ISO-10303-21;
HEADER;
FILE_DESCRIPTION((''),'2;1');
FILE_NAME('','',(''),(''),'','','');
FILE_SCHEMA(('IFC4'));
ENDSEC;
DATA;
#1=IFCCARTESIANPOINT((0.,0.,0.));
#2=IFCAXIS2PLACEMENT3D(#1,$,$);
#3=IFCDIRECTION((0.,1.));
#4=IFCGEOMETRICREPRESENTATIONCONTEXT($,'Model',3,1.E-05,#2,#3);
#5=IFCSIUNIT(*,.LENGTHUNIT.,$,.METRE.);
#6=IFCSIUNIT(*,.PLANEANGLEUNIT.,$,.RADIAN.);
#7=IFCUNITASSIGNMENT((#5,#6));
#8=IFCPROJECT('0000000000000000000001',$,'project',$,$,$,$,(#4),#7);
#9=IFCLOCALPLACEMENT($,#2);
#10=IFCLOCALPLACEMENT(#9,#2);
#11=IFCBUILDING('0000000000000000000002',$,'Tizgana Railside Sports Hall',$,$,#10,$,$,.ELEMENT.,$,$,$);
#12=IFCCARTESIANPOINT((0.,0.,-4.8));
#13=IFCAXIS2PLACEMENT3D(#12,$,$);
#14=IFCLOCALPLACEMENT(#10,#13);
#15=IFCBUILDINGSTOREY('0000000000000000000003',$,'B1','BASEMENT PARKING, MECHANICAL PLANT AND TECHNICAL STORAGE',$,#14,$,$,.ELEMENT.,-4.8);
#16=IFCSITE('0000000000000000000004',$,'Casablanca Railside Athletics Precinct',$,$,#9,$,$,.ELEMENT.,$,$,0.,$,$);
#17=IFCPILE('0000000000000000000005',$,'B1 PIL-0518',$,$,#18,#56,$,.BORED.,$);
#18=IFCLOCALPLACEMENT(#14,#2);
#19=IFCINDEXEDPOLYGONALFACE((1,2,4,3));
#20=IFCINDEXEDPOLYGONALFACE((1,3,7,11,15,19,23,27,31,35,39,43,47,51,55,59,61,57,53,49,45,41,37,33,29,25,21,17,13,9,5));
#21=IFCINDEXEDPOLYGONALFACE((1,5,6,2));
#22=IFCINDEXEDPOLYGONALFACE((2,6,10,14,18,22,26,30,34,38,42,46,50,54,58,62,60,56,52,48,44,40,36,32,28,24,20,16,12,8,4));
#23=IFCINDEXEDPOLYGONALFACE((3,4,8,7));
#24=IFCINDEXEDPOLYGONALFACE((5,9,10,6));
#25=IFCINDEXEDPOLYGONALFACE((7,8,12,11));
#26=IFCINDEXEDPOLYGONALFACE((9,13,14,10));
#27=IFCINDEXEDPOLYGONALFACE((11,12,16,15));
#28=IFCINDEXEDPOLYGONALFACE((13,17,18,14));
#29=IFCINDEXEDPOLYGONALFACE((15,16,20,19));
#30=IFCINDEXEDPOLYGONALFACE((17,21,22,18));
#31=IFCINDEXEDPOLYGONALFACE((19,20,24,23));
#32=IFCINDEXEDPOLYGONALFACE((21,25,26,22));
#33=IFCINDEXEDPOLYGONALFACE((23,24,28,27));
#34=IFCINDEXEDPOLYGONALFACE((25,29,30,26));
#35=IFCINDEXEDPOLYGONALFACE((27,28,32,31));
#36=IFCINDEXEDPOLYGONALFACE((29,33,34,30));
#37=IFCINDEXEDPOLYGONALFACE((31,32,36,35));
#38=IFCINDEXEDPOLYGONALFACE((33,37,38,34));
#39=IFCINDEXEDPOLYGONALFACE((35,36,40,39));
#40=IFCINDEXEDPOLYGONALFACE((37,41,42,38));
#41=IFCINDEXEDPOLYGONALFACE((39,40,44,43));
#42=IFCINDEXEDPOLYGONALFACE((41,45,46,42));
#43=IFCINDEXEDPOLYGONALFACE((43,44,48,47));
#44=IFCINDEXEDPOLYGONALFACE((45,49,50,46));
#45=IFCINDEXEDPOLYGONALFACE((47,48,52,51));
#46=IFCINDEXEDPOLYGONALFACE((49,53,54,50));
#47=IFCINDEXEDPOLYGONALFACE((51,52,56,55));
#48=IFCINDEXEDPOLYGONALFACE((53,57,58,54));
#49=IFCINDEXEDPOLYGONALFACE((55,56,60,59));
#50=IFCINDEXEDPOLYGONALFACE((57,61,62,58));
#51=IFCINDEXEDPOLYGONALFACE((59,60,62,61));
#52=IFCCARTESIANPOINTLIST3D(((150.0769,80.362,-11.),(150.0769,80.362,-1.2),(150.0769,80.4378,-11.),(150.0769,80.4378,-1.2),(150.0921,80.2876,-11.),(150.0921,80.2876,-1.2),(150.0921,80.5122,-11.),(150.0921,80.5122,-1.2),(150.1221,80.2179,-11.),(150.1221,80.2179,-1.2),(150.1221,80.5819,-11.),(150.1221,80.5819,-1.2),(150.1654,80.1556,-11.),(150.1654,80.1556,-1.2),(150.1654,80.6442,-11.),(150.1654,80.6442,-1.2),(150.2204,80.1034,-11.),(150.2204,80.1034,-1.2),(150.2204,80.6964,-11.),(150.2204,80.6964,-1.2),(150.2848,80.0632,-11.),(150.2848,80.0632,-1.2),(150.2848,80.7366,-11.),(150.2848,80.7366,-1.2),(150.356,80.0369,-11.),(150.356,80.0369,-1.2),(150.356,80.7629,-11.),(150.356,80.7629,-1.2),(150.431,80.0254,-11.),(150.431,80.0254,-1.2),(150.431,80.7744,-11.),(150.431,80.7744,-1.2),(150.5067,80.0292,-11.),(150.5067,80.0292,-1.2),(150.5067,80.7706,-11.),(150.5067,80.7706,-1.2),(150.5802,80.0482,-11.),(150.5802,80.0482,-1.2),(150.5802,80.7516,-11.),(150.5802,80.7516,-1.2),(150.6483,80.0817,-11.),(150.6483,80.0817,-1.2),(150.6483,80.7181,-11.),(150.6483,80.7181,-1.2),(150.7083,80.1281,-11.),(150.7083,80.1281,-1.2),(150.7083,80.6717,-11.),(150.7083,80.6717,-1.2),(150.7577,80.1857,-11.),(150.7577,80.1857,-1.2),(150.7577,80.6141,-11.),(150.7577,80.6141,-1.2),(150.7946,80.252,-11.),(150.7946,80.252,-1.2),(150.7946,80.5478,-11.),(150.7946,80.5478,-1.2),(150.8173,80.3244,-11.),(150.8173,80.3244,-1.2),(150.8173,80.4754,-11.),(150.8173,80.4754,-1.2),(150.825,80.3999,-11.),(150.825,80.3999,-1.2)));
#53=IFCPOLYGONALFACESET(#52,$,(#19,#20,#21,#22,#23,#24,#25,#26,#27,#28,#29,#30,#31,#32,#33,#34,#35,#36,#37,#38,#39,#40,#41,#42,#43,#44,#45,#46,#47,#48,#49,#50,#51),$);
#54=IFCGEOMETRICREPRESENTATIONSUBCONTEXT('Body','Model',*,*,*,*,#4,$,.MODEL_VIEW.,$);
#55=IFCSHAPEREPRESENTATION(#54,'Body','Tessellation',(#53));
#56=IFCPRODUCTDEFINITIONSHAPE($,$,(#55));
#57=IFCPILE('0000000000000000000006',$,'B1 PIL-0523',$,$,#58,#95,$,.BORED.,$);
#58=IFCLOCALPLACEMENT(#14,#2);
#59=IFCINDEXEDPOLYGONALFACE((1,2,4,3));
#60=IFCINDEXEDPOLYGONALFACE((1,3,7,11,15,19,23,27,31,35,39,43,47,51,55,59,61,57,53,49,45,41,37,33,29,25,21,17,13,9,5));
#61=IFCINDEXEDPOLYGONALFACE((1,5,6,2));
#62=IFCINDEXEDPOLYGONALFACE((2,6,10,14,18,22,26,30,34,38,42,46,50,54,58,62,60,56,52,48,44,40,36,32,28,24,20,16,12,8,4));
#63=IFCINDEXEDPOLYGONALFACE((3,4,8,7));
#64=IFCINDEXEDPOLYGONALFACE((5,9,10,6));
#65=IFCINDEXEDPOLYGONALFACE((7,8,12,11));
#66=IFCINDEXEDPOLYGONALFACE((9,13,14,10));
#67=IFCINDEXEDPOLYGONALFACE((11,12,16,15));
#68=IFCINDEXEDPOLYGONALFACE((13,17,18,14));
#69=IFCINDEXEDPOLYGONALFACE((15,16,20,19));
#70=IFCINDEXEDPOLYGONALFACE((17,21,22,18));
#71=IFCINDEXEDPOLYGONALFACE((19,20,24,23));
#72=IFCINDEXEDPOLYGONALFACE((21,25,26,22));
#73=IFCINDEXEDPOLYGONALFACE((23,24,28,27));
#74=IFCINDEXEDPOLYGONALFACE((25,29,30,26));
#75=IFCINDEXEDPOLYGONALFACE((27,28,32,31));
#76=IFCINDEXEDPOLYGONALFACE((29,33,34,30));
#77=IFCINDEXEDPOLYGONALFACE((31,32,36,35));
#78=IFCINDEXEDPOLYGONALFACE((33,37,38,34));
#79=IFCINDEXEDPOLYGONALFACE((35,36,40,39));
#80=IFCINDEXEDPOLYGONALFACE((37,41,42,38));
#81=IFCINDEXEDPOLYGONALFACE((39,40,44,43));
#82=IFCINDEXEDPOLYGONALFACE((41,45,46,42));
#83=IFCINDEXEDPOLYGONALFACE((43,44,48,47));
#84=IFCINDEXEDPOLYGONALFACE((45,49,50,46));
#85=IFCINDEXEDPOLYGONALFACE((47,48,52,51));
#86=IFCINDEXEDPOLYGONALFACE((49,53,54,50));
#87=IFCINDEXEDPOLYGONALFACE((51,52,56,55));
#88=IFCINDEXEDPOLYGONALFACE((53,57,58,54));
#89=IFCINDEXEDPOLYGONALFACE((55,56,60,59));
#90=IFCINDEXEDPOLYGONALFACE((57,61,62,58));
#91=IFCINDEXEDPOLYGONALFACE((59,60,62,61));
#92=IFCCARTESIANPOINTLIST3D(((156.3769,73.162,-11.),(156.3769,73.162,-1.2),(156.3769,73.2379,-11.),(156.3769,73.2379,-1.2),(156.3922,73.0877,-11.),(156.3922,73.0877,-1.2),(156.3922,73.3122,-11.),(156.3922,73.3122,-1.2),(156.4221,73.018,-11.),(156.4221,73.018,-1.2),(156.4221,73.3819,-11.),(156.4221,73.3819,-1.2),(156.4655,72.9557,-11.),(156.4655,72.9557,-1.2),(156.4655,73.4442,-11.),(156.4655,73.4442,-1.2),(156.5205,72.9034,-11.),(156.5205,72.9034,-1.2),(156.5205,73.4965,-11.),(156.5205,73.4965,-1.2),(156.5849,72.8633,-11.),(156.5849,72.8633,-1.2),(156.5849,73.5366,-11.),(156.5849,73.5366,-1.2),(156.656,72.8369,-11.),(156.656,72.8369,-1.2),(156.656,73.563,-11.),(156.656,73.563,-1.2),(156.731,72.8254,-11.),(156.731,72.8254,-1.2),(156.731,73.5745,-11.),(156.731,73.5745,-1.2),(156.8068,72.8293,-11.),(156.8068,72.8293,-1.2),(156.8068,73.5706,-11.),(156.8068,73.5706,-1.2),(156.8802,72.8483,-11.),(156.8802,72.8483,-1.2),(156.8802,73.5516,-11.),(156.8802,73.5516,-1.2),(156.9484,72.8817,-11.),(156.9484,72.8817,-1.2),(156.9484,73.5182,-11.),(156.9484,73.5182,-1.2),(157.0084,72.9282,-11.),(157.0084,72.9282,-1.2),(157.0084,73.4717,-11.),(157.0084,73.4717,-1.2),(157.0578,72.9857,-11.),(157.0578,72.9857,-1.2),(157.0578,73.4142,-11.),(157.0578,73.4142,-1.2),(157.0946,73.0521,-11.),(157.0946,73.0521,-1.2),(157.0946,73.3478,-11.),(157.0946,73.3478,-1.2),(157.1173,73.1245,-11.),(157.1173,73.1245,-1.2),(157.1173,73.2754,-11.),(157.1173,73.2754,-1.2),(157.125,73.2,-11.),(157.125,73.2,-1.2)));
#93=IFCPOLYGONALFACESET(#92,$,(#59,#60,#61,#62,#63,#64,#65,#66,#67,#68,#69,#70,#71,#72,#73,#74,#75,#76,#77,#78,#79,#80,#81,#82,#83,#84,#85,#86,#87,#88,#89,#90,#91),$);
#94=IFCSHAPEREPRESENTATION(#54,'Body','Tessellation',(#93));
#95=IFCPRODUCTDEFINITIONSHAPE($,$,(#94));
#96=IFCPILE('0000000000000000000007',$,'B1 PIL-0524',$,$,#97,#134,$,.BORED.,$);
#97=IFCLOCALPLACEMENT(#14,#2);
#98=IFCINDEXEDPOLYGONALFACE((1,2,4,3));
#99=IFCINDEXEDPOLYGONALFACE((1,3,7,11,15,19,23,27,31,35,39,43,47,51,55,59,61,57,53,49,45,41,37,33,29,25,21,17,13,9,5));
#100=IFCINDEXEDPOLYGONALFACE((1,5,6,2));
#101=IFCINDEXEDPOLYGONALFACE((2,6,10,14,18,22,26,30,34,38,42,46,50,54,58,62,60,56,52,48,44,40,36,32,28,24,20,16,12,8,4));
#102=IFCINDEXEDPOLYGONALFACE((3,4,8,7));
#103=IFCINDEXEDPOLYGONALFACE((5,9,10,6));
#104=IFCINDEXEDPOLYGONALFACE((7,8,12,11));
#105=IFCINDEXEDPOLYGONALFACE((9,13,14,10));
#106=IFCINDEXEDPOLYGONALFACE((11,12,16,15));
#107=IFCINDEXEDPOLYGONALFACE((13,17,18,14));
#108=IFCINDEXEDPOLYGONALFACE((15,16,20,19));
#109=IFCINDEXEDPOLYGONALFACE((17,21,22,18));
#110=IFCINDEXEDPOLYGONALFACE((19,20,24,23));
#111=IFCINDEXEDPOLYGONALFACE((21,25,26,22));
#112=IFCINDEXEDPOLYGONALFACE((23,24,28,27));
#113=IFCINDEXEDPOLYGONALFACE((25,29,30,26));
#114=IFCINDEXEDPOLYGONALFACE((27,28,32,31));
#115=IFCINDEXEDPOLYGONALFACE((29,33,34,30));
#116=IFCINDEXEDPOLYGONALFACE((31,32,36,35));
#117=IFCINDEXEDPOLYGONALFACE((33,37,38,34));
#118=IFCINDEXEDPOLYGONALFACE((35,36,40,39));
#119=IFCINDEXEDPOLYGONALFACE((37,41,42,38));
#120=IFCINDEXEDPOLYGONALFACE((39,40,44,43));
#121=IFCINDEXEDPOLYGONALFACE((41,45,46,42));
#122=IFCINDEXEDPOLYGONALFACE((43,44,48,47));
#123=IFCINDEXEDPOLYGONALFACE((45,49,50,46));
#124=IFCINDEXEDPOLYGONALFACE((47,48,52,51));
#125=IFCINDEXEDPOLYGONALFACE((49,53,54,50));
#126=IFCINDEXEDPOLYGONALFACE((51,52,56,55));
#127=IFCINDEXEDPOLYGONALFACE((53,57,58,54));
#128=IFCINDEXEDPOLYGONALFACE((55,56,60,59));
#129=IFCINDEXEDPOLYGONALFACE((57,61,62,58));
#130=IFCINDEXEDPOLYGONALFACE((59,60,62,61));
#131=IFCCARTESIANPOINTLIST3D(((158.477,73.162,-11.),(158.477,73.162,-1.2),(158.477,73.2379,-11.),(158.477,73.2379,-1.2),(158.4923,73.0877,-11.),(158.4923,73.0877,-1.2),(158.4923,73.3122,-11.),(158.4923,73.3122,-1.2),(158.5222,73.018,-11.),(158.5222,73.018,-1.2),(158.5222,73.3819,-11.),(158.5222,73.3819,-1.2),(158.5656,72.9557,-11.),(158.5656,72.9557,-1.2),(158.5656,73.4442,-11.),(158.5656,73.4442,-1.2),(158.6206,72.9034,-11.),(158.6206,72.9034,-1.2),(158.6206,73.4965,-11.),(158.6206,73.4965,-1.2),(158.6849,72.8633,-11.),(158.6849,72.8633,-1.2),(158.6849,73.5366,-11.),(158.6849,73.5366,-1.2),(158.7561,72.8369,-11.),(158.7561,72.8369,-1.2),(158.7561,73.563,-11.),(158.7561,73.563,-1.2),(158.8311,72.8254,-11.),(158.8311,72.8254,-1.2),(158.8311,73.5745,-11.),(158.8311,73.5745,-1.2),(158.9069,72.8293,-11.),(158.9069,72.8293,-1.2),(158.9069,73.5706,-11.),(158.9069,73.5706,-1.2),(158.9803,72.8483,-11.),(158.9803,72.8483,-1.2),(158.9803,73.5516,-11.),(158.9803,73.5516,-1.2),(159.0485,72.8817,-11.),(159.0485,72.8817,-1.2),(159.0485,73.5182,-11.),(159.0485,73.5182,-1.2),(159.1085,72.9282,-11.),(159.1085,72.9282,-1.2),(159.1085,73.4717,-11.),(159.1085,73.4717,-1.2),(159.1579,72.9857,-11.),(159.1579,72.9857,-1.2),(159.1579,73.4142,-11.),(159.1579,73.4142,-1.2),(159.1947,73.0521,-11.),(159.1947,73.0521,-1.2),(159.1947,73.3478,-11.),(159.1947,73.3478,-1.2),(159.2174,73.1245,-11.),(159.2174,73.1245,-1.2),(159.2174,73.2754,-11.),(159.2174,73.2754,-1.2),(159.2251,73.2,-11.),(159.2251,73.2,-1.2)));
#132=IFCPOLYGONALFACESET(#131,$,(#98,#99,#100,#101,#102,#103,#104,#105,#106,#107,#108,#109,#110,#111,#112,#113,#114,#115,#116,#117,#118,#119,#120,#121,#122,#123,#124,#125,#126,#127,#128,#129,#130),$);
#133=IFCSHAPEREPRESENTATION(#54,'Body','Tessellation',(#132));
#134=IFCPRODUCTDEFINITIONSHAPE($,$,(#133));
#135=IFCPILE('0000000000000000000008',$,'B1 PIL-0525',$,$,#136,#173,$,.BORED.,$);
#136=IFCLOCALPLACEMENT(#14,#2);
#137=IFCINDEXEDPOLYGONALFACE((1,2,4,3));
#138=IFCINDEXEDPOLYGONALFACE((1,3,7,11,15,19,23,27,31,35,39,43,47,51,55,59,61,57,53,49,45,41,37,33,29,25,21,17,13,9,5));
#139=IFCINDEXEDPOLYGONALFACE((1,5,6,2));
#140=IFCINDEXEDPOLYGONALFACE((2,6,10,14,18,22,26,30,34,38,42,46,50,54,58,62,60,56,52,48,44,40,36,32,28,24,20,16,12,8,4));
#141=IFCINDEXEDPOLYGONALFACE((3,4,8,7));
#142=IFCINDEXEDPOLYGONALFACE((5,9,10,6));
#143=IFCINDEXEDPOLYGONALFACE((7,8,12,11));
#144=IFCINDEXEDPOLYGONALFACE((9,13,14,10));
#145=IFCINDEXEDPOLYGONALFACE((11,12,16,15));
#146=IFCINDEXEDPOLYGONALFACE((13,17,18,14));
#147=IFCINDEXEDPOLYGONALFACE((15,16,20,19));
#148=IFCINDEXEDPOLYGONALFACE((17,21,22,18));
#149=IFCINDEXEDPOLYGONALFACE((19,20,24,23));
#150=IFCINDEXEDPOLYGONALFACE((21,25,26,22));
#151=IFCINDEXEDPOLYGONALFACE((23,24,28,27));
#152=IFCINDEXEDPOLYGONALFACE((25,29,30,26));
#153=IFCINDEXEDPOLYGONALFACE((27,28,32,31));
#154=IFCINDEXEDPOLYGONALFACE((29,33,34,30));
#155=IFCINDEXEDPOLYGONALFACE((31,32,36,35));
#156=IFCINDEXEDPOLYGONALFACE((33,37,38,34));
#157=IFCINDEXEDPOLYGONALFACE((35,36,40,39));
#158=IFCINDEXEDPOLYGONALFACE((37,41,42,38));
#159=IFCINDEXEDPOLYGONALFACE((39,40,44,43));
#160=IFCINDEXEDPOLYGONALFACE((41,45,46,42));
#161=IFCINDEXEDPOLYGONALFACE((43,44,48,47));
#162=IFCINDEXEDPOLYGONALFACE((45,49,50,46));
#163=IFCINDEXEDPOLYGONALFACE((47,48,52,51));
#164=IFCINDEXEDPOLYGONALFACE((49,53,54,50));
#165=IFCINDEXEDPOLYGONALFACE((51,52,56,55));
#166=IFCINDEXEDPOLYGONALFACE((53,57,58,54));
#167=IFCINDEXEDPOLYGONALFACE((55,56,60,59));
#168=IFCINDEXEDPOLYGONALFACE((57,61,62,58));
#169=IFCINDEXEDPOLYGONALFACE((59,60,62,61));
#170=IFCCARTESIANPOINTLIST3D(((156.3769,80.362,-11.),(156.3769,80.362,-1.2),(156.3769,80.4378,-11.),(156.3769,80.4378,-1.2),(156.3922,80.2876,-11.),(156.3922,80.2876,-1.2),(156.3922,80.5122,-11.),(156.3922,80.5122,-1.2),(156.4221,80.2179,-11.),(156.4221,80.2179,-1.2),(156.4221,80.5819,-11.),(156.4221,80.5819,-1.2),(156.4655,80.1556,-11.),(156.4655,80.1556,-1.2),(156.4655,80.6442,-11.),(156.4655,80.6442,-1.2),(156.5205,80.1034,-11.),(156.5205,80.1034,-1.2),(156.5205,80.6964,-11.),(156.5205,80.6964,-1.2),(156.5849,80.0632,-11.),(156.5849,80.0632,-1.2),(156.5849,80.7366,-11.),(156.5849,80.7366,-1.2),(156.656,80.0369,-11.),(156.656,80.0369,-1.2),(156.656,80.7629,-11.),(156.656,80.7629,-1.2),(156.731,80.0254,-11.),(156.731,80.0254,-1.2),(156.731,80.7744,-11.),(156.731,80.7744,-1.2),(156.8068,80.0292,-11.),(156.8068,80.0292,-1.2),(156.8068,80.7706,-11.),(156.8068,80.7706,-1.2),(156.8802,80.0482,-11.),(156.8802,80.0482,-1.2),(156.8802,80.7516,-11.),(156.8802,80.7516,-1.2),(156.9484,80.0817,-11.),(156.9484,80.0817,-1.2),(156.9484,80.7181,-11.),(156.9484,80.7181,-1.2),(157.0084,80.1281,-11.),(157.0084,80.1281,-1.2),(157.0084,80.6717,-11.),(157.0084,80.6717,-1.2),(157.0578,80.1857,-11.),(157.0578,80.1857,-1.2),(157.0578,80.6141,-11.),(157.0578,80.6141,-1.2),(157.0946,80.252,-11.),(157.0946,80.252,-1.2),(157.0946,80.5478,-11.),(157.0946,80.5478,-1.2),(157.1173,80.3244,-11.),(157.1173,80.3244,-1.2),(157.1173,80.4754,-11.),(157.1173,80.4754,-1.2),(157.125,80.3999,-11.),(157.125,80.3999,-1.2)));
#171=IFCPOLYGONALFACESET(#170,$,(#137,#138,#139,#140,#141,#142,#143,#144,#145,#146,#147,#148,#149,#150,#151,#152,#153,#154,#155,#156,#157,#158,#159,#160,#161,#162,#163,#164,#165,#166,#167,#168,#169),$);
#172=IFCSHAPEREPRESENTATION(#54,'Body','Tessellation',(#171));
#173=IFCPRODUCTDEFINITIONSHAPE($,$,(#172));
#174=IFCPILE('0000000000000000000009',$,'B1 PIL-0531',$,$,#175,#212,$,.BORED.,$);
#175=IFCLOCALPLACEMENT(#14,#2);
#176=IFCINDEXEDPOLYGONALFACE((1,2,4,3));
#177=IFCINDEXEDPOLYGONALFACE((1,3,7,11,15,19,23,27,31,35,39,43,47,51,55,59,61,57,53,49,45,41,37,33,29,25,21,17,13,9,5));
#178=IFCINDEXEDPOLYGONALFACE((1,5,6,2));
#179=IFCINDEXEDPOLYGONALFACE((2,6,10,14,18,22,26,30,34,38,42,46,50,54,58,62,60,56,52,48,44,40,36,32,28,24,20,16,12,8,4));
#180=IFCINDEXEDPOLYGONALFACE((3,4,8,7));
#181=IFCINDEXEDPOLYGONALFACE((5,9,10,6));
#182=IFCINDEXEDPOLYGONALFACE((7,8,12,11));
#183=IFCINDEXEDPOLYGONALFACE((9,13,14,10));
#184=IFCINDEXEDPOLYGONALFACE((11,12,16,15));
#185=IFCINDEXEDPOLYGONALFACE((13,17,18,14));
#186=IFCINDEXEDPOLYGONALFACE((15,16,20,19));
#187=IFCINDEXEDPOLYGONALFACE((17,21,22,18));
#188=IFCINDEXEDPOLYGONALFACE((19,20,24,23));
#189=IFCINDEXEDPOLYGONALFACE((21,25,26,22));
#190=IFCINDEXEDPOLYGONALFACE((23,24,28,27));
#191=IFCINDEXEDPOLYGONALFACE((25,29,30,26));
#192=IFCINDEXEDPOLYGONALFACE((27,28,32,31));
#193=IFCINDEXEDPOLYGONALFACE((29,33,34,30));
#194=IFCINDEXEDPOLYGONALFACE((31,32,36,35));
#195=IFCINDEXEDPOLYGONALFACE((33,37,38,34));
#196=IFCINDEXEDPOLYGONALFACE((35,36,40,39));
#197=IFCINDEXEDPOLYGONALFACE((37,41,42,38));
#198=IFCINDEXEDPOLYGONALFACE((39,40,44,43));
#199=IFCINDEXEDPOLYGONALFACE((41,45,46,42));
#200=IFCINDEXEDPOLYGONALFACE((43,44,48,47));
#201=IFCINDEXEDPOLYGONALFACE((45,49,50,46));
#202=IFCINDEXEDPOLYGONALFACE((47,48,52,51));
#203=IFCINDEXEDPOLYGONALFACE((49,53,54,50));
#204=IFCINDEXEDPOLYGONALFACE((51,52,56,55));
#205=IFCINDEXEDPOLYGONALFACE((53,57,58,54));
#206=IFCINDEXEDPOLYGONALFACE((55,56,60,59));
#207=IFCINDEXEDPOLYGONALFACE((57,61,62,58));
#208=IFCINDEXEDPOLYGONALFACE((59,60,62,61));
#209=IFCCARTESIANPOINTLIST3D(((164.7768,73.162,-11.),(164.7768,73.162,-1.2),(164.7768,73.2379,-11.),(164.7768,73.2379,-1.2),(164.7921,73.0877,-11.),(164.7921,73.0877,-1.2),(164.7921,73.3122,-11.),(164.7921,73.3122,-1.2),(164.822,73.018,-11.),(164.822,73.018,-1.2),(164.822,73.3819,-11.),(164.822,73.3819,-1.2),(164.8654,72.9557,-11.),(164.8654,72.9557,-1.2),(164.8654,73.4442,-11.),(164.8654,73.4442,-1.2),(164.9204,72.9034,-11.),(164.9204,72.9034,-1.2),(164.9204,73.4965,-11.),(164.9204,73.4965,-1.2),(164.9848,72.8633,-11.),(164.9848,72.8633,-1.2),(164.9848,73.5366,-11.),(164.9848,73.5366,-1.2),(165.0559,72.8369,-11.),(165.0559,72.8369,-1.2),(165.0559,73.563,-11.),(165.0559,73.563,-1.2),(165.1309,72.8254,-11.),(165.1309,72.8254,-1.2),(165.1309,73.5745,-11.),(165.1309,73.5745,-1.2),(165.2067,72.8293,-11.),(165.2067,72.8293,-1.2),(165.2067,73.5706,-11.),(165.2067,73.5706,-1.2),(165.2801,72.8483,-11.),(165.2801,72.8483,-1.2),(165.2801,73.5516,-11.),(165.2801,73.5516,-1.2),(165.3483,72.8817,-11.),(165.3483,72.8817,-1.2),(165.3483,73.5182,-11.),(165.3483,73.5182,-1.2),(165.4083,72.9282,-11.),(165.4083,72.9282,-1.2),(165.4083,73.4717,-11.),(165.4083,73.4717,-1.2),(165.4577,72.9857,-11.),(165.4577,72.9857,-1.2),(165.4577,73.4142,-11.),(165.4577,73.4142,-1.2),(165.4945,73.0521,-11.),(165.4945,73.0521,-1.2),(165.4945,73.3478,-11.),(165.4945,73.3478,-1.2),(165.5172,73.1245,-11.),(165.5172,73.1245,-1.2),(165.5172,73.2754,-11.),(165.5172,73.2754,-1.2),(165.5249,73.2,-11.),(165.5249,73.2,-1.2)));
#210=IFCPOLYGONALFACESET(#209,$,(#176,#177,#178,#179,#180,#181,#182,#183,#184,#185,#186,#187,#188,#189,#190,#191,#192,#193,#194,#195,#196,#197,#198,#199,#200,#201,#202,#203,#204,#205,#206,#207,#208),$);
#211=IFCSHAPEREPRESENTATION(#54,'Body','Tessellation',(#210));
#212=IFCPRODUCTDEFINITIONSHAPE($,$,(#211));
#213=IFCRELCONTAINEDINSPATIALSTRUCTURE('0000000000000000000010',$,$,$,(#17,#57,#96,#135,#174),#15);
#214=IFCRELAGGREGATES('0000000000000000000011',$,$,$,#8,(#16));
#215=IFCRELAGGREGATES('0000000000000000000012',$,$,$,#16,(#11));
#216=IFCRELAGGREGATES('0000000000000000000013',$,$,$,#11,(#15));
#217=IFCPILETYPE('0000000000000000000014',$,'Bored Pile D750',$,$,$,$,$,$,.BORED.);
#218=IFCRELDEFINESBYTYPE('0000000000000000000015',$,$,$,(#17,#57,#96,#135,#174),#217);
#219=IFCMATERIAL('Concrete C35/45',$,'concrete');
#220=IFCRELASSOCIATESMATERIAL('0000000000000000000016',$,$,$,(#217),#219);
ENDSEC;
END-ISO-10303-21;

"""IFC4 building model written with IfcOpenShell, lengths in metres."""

from ifc_helpers import new_model, si_unit, direction, frame, origin, origin_2d, place, context, subcontext, project, spatial, circle, extrude, material, material_profile, profile_set, type_object, element, save


model = new_model("IFC4")

# Units and contexts
model_context = context("Model", 3, precision=1e-05, world=origin(), true_north=direction((0.0, 1.0)))
body_context = subcontext(model_context, "Body", "Model", "MODEL_VIEW")
ifc_project = project(units=[si_unit("LENGTHUNIT", "METRE"), si_unit("PLANEANGLEUNIT", "RADIAN")], contexts=[model_context])

# Site, building, storey
site_placement = place(None, origin())
site = spatial("IfcSite", under=ifc_project, at=site_placement, Name="Casablanca Railside Athletics Precinct", CompositionType="ELEMENT", RefElevation=0.0)
building_placement = place(site_placement, origin())
building = spatial("IfcBuilding", under=site, at=building_placement, Name="Tizgana Railside Sports Hall", CompositionType="ELEMENT")
storey_placement = place(building_placement, frame((0.0, 0.0, -4.8)))
storey = spatial("IfcBuildingStorey", under=building, at=storey_placement, Name="B1", Description="BASEMENT PARKING, MECHANICAL PLANT AND TECHNICAL STORAGE", CompositionType="ELEMENT", Elevation=-4.8)

# Piles
ifc_material_1 = material(Name="Concrete C35/45", Category="concrete")
ifc_material_profile_1 = material_profile(ifc_material_1, circle(Radius=0.375, at=origin_2d()), Name="PILE D750")
ifc_profile_set_1 = profile_set([ifc_material_profile_1], Name="Concrete C35/45")
pile_type = type_object("IfcPileType", Name="Bored Pile D750", PredefinedType="BORED", material=ifc_profile_set_1)
for number, where, z_axis, x_axis, name in (
    (1, (150.45, 80.3999, -1.2), (0.0, 0.0, -1.0), (1.0, 0.0, 0.0), "B1 PIL-0518"),
    (2, (156.75, 73.2, -1.2), (0.0, 0.0, -1.0), (1.0, 0.0, 0.0), "B1 PIL-0523"),
    (3, (158.8501, 73.2, -1.2), (0.0, 0.0, -1.0), (1.0, 0.0, 0.0), "B1 PIL-0524"),
    (4, (156.75, 80.3999, -1.2), (0.0, 0.0, -1.0), (1.0, 0.0, 0.0), "B1 PIL-0525"),
    (5, (165.1499, 73.2, -1.2), (0.0, 0.0, -1.0), (1.0, 0.0, 0.0), "B1 PIL-0531"),
):
    element("IfcPile", number, at=place(storey_placement, frame(where, z_axis=z_axis, x_axis=x_axis)), inside=storey, type_object=pile_type, Name=name, PredefinedType="BORED", context=body_context, shape_type="SweptSolid", body=[
        extrude(circle(Radius=0.375, at=origin_2d()), origin(), (0.0, 0.0, 1.0), 9.8),
    ])

save(model, "model.ifc")
